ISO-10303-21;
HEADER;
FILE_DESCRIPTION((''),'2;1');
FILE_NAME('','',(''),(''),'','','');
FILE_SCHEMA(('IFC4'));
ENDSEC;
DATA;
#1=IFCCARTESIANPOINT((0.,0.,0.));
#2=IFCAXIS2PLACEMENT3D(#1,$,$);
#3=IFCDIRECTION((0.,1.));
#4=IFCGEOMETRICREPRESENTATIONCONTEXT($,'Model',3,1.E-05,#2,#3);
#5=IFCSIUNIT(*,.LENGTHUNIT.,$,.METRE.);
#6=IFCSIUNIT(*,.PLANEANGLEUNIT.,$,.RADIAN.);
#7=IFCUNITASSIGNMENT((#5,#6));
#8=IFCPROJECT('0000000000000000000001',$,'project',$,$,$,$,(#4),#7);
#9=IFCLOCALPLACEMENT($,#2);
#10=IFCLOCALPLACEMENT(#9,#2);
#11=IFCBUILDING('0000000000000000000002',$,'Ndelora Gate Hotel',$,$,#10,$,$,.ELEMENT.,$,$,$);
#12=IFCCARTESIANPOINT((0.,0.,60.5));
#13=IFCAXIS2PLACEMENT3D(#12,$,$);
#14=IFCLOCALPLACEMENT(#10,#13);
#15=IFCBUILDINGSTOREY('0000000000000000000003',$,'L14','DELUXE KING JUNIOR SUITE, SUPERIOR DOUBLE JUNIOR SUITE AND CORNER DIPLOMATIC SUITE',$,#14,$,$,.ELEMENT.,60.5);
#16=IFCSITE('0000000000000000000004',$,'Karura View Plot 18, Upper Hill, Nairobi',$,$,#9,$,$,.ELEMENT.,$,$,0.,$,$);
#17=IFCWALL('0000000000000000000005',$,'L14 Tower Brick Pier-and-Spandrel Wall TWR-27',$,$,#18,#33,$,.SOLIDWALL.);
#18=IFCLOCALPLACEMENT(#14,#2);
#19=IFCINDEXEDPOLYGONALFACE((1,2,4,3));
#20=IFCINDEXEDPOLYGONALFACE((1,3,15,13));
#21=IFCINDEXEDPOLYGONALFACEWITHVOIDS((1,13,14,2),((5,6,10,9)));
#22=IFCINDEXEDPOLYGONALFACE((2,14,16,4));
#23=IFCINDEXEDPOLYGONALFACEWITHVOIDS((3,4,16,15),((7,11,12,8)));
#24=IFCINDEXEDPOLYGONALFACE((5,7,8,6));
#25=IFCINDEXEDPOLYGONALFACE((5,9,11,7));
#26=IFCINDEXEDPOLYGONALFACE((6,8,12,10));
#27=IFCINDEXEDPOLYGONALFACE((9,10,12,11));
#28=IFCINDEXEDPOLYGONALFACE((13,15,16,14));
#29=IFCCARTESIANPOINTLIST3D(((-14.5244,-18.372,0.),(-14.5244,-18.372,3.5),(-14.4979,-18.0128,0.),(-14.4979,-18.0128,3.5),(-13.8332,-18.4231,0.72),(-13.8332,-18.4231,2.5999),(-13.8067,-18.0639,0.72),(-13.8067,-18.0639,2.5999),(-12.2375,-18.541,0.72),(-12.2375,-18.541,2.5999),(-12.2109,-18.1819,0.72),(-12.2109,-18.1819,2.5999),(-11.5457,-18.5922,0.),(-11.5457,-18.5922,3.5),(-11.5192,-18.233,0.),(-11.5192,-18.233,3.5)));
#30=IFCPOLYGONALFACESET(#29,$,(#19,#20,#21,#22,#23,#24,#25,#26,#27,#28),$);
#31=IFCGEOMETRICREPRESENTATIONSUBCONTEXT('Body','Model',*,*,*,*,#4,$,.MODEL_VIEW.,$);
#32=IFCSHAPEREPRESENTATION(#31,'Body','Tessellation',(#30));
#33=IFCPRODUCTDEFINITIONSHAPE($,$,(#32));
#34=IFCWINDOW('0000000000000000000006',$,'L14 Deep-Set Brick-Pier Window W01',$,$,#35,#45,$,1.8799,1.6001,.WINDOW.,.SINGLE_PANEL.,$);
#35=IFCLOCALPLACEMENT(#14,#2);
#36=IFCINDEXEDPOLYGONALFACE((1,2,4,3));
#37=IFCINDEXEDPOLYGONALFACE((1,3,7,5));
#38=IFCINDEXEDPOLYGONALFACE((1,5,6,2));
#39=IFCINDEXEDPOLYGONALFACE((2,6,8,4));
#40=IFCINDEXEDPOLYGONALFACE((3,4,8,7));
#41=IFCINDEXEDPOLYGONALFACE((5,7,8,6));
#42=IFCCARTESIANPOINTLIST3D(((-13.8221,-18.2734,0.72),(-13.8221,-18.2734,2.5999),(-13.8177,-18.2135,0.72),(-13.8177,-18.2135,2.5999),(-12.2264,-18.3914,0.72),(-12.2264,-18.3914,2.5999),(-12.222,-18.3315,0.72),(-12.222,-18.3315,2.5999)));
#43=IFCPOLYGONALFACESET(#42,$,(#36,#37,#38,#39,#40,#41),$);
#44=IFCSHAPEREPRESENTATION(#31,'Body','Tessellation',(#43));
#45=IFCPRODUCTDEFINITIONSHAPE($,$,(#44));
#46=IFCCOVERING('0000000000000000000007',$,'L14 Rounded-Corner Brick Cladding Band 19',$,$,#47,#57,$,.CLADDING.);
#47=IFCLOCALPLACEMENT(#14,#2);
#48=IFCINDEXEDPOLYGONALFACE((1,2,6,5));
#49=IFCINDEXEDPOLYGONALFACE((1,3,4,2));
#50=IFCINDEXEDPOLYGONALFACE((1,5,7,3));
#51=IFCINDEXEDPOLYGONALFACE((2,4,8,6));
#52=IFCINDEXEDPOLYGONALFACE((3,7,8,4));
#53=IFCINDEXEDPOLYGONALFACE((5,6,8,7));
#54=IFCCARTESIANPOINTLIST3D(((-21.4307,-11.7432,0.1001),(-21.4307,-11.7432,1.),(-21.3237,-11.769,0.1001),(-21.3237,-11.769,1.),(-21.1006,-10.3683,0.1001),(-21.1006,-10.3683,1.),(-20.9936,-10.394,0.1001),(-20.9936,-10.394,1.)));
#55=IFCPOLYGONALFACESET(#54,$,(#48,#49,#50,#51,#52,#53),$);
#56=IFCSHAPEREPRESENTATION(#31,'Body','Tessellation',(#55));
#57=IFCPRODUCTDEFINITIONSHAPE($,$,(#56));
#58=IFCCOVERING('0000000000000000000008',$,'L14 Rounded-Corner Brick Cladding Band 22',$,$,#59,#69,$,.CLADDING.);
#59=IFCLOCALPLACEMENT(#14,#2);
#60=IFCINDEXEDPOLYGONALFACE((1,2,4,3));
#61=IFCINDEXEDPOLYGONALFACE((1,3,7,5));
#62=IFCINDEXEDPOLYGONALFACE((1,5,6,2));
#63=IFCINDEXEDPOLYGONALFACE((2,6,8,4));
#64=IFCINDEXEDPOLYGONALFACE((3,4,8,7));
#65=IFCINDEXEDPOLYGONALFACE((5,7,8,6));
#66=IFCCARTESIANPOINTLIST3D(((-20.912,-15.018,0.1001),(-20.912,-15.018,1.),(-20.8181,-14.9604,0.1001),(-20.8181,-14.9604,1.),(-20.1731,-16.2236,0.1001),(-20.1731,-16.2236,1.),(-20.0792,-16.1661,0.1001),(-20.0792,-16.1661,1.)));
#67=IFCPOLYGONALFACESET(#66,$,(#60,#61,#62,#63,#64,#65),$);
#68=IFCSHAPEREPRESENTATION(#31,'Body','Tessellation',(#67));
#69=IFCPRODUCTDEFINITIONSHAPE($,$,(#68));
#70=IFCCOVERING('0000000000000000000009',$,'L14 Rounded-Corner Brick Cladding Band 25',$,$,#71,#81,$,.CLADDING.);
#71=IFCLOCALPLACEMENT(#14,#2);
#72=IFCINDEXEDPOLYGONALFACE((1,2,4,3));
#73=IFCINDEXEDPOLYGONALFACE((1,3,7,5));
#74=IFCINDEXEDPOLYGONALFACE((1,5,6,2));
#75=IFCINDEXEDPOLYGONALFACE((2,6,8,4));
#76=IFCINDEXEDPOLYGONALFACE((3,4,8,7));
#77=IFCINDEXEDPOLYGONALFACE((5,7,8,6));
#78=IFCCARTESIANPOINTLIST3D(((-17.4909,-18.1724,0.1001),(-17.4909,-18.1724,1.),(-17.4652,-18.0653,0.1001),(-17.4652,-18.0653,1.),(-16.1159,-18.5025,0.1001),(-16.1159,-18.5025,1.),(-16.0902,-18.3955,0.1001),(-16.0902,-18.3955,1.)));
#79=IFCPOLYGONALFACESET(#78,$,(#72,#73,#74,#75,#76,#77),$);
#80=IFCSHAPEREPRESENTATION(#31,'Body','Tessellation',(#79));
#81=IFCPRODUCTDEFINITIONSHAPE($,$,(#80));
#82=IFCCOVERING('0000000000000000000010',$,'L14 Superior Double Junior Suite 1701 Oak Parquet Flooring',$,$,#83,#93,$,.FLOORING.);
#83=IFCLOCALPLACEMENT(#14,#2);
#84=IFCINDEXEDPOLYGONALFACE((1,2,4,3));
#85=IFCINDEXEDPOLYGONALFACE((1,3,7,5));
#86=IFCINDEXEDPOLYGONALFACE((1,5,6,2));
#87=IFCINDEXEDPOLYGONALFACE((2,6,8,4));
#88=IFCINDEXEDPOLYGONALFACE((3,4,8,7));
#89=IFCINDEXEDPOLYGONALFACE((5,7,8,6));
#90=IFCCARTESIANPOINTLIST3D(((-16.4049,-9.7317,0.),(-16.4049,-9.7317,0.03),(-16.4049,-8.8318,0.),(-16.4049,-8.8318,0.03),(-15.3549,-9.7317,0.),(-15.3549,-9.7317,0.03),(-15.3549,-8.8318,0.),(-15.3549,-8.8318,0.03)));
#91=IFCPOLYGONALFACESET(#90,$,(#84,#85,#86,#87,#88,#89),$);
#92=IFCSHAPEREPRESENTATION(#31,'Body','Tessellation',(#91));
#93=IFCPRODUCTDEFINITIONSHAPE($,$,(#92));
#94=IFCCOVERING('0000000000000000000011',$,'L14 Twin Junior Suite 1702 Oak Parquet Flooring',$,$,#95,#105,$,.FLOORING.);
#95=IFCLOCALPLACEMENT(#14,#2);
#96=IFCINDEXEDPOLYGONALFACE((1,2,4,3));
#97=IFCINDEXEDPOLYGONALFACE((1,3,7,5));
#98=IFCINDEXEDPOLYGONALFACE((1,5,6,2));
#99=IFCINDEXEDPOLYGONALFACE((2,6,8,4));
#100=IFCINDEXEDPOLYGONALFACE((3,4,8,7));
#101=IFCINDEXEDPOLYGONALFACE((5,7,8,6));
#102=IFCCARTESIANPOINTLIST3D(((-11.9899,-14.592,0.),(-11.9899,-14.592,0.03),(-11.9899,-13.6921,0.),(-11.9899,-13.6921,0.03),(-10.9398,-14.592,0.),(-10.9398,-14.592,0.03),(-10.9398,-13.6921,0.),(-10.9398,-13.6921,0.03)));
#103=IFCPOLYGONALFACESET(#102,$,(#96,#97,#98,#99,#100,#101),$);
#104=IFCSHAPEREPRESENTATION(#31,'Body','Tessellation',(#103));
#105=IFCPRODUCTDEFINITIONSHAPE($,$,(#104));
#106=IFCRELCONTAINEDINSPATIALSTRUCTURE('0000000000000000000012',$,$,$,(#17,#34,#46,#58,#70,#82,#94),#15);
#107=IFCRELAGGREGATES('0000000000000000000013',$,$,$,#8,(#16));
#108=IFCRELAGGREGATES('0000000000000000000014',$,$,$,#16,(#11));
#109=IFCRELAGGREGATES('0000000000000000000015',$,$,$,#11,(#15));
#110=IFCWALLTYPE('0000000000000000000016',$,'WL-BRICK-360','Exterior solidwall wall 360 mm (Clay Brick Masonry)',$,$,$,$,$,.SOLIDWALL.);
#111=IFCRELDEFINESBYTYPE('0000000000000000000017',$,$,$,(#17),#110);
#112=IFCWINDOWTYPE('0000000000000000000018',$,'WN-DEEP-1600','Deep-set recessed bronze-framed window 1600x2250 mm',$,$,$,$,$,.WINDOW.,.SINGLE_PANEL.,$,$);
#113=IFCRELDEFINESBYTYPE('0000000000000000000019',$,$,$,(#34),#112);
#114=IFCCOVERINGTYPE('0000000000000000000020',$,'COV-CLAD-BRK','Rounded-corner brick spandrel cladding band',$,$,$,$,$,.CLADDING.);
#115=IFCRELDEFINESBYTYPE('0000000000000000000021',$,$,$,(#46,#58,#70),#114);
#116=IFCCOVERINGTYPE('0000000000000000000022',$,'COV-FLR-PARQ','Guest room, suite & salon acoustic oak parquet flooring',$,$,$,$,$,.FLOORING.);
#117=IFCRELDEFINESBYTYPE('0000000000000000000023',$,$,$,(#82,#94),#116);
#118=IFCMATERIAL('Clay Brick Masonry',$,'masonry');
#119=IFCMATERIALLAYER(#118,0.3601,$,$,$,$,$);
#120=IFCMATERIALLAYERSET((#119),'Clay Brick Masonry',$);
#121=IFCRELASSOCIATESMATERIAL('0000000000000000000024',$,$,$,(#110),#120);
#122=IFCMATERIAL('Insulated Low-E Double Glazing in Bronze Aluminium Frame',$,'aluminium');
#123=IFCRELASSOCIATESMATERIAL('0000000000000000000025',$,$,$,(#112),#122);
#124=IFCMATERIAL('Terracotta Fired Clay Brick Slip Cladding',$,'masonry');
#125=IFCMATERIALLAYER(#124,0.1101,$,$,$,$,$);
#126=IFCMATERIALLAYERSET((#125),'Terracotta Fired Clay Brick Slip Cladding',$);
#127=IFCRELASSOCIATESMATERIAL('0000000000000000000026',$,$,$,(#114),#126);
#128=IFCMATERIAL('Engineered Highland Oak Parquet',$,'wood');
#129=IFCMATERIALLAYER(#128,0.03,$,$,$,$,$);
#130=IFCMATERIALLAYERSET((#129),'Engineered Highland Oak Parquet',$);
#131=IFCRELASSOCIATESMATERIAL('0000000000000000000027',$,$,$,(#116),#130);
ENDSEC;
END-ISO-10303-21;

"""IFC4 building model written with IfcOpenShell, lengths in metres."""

from ifc_helpers import new_model, si_unit, direction, frame, frame_2d, origin, origin_2d, place, context, subcontext, project, spatial, rectangle, extrude, material, layer, layer_set, type_object, element, fill, save


model = new_model("IFC4")

# Units and contexts
model_context = context("Model", 3, precision=1e-05, world=origin(), true_north=direction((0.0, 1.0)))
body_context = subcontext(model_context, "Body", "Model", "MODEL_VIEW")
ifc_project = project(units=[si_unit("LENGTHUNIT", "METRE"), si_unit("PLANEANGLEUNIT", "RADIAN")], contexts=[model_context])

# Site, building, storey
site_placement = place(None, origin())
site = spatial("IfcSite", under=ifc_project, at=site_placement, Name="Karura View Plot 18, Upper Hill, Nairobi", CompositionType="ELEMENT", RefElevation=0.0)
building_placement = place(site_placement, origin())
building = spatial("IfcBuilding", under=site, at=building_placement, Name="Ndelora Gate Hotel", CompositionType="ELEMENT")
storey_placement = place(building_placement, frame((0.0, 0.0, 60.5)))
storey = spatial("IfcBuildingStorey", under=building, at=storey_placement, Name="L14", Description="DELUXE KING JUNIOR SUITE, SUPERIOR DOUBLE JUNIOR SUITE AND CORNER DIPLOMATIC SUITE", CompositionType="ELEMENT", Elevation=60.5)

# Shared definitions
ifc_material_1 = material(Name="Clay Brick Masonry", Category="masonry")
ifc_layer_1 = layer(ifc_material_1, 0.3601)
ifc_layer_set_1 = layer_set([ifc_layer_1], Name="Clay Brick Masonry")
wall_type = type_object("IfcWallType", Name="WL-BRICK-360", Description="Exterior solidwall wall 360 mm (Clay Brick Masonry)", PredefinedType="SOLIDWALL", material=ifc_layer_set_1)
ifc_material_2 = material(Name="Insulated Low-E Double Glazing in Bronze Aluminium Frame", Category="aluminium")
window_type_1 = type_object("IfcWindowType", Name="WN-DEEP-1600", Description="Deep-set recessed bronze-framed window 1600x2250 mm", PartitioningType="SINGLE_PANEL", PredefinedType="WINDOW", material=ifc_material_2)

# Wall, opening, window
wall_1_placement = place(storey_placement, frame((-11.5325, -18.4126, 0.0), z_axis=(0.0, 0.0, 1.0), x_axis=(-0.997278, 0.073727, 0.0)))
wall_1 = element("IfcWall", 1, at=wall_1_placement, inside=storey, type_object=wall_type, Name="L14 Tower Brick Pier-and-Spandrel Wall TWR-27", PredefinedType="SOLIDWALL", context=body_context, shape_type="SweptSolid", body=[
    extrude(rectangle(XDim=2.9868, YDim=0.3601, at=frame_2d((1.4934, 0.0))), origin(), (0.0, 0.0, 1.0), 3.5),
])
opening_1_placement = place(wall_1_placement, frame((0.6936, 0.0, 0.72)))
opening_1 = element("IfcOpeningElement", 2, at=opening_1_placement, cuts=wall_1, PredefinedType="OPENING", context=body_context, shape_type="SweptSolid", body=[
    extrude(rectangle(XDim=1.6001, YDim=1.8799, at=frame_2d((0.8, 0.9399))), frame((0.0, 0.1899, 0.0), z_axis=(0.0, -1.0, 0.0), x_axis=(1.0, 0.0, 0.0)), (0.0, 0.0, 1.0), 0.3801),
])
window_1_placement = place(opening_1_placement, origin())
window_1 = element("IfcWindow", 3, at=window_1_placement, inside=storey, type_object=window_type_1, Name="L14 Deep-Set Brick-Pier Window W01", OverallHeight=1.8799, OverallWidth=1.6001, PartitioningType="SINGLE_PANEL", PredefinedType="WINDOW", context=body_context, shape_type="SweptSolid", body=[
    extrude(rectangle(XDim=1.6001, YDim=1.8799, at=frame_2d((0.8, 0.9399))), frame((0.0, 0.03, 0.0), z_axis=(0.0, -1.0, 0.0), x_axis=(1.0, 0.0, 0.0)), (0.0, 0.0, 1.0), 0.0601),
])
fill(opening_1, window_1)

# Coverings
ifc_material_3 = material(Name="Terracotta Fired Clay Brick Slip Cladding", Category="masonry")
ifc_layer_2 = layer(ifc_material_3, 0.1101)
ifc_layer_set_2 = layer_set([ifc_layer_2], Name="Terracotta Fired Clay Brick Slip Cladding")
covering_type_1 = type_object("IfcCoveringType", Name="COV-CLAD-BRK", Description="Rounded-corner brick spandrel cladding band", PredefinedType="CLADDING", material=ifc_layer_set_2)
for number, where, z_axis, x_axis, name in (
    (4, (-21.2122, -11.0686, 0.1001), (0.0, 0.0, 1.0), (0.233445, 0.97237, 0.0), "L14 Rounded-Corner Brick Cladding Band 19"),
    (5, (-20.4956, -15.592, 0.1001), (0.0, 0.0, 1.0), (-0.522499, 0.85264, 0.0), "L14 Rounded-Corner Brick Cladding Band 22"),
    (6, (-16.7905, -18.2839, 0.1001), (0.0, 0.0, 1.0), (-0.97237, 0.233445, 0.0), "L14 Rounded-Corner Brick Cladding Band 25"),
):
    element("IfcCovering", number, at=place(storey_placement, frame(where, z_axis=z_axis, x_axis=x_axis)), inside=storey, type_object=covering_type_1, Name=name, PredefinedType="CLADDING", context=body_context, shape_type="SweptSolid", body=[
        extrude(rectangle(XDim=1.4141, YDim=0.1101, at=origin_2d()), origin(), (0.0, 0.0, 1.0), 0.8999),
    ])
ifc_material_4 = material(Name="Engineered Highland Oak Parquet", Category="wood")
ifc_layer_3 = layer(ifc_material_4, 0.03)
ifc_layer_set_3 = layer_set([ifc_layer_3], Name="Engineered Highland Oak Parquet")
covering_type_2 = type_object("IfcCoveringType", Name="COV-FLR-PARQ", Description="Guest room, suite & salon acoustic oak parquet flooring", PredefinedType="FLOORING", material=ifc_layer_set_3)
for number, where, z_axis, x_axis, name in (
    (7, (-15.8799, -9.2817, 0.0), (0.0, 0.0, 1.0), (1.0, 0.0, 0.0), "L14 Superior Double Junior Suite 1701 Oak Parquet Flooring"),
    (8, (-11.4648, -14.1421, 0.0), (0.0, 0.0, 1.0), (1.0, 0.0, 0.0), "L14 Twin Junior Suite 1702 Oak Parquet Flooring"),
):
    element("IfcCovering", number, at=place(storey_placement, frame(where, z_axis=z_axis, x_axis=x_axis)), inside=storey, type_object=covering_type_2, Name=name, PredefinedType="FLOORING", context=body_context, shape_type="SweptSolid", body=[
        extrude(rectangle(XDim=1.05, YDim=0.8999, at=origin_2d()), origin(), (0.0, 0.0, 1.0), 0.03),
    ])

save(model, "model.ifc")
